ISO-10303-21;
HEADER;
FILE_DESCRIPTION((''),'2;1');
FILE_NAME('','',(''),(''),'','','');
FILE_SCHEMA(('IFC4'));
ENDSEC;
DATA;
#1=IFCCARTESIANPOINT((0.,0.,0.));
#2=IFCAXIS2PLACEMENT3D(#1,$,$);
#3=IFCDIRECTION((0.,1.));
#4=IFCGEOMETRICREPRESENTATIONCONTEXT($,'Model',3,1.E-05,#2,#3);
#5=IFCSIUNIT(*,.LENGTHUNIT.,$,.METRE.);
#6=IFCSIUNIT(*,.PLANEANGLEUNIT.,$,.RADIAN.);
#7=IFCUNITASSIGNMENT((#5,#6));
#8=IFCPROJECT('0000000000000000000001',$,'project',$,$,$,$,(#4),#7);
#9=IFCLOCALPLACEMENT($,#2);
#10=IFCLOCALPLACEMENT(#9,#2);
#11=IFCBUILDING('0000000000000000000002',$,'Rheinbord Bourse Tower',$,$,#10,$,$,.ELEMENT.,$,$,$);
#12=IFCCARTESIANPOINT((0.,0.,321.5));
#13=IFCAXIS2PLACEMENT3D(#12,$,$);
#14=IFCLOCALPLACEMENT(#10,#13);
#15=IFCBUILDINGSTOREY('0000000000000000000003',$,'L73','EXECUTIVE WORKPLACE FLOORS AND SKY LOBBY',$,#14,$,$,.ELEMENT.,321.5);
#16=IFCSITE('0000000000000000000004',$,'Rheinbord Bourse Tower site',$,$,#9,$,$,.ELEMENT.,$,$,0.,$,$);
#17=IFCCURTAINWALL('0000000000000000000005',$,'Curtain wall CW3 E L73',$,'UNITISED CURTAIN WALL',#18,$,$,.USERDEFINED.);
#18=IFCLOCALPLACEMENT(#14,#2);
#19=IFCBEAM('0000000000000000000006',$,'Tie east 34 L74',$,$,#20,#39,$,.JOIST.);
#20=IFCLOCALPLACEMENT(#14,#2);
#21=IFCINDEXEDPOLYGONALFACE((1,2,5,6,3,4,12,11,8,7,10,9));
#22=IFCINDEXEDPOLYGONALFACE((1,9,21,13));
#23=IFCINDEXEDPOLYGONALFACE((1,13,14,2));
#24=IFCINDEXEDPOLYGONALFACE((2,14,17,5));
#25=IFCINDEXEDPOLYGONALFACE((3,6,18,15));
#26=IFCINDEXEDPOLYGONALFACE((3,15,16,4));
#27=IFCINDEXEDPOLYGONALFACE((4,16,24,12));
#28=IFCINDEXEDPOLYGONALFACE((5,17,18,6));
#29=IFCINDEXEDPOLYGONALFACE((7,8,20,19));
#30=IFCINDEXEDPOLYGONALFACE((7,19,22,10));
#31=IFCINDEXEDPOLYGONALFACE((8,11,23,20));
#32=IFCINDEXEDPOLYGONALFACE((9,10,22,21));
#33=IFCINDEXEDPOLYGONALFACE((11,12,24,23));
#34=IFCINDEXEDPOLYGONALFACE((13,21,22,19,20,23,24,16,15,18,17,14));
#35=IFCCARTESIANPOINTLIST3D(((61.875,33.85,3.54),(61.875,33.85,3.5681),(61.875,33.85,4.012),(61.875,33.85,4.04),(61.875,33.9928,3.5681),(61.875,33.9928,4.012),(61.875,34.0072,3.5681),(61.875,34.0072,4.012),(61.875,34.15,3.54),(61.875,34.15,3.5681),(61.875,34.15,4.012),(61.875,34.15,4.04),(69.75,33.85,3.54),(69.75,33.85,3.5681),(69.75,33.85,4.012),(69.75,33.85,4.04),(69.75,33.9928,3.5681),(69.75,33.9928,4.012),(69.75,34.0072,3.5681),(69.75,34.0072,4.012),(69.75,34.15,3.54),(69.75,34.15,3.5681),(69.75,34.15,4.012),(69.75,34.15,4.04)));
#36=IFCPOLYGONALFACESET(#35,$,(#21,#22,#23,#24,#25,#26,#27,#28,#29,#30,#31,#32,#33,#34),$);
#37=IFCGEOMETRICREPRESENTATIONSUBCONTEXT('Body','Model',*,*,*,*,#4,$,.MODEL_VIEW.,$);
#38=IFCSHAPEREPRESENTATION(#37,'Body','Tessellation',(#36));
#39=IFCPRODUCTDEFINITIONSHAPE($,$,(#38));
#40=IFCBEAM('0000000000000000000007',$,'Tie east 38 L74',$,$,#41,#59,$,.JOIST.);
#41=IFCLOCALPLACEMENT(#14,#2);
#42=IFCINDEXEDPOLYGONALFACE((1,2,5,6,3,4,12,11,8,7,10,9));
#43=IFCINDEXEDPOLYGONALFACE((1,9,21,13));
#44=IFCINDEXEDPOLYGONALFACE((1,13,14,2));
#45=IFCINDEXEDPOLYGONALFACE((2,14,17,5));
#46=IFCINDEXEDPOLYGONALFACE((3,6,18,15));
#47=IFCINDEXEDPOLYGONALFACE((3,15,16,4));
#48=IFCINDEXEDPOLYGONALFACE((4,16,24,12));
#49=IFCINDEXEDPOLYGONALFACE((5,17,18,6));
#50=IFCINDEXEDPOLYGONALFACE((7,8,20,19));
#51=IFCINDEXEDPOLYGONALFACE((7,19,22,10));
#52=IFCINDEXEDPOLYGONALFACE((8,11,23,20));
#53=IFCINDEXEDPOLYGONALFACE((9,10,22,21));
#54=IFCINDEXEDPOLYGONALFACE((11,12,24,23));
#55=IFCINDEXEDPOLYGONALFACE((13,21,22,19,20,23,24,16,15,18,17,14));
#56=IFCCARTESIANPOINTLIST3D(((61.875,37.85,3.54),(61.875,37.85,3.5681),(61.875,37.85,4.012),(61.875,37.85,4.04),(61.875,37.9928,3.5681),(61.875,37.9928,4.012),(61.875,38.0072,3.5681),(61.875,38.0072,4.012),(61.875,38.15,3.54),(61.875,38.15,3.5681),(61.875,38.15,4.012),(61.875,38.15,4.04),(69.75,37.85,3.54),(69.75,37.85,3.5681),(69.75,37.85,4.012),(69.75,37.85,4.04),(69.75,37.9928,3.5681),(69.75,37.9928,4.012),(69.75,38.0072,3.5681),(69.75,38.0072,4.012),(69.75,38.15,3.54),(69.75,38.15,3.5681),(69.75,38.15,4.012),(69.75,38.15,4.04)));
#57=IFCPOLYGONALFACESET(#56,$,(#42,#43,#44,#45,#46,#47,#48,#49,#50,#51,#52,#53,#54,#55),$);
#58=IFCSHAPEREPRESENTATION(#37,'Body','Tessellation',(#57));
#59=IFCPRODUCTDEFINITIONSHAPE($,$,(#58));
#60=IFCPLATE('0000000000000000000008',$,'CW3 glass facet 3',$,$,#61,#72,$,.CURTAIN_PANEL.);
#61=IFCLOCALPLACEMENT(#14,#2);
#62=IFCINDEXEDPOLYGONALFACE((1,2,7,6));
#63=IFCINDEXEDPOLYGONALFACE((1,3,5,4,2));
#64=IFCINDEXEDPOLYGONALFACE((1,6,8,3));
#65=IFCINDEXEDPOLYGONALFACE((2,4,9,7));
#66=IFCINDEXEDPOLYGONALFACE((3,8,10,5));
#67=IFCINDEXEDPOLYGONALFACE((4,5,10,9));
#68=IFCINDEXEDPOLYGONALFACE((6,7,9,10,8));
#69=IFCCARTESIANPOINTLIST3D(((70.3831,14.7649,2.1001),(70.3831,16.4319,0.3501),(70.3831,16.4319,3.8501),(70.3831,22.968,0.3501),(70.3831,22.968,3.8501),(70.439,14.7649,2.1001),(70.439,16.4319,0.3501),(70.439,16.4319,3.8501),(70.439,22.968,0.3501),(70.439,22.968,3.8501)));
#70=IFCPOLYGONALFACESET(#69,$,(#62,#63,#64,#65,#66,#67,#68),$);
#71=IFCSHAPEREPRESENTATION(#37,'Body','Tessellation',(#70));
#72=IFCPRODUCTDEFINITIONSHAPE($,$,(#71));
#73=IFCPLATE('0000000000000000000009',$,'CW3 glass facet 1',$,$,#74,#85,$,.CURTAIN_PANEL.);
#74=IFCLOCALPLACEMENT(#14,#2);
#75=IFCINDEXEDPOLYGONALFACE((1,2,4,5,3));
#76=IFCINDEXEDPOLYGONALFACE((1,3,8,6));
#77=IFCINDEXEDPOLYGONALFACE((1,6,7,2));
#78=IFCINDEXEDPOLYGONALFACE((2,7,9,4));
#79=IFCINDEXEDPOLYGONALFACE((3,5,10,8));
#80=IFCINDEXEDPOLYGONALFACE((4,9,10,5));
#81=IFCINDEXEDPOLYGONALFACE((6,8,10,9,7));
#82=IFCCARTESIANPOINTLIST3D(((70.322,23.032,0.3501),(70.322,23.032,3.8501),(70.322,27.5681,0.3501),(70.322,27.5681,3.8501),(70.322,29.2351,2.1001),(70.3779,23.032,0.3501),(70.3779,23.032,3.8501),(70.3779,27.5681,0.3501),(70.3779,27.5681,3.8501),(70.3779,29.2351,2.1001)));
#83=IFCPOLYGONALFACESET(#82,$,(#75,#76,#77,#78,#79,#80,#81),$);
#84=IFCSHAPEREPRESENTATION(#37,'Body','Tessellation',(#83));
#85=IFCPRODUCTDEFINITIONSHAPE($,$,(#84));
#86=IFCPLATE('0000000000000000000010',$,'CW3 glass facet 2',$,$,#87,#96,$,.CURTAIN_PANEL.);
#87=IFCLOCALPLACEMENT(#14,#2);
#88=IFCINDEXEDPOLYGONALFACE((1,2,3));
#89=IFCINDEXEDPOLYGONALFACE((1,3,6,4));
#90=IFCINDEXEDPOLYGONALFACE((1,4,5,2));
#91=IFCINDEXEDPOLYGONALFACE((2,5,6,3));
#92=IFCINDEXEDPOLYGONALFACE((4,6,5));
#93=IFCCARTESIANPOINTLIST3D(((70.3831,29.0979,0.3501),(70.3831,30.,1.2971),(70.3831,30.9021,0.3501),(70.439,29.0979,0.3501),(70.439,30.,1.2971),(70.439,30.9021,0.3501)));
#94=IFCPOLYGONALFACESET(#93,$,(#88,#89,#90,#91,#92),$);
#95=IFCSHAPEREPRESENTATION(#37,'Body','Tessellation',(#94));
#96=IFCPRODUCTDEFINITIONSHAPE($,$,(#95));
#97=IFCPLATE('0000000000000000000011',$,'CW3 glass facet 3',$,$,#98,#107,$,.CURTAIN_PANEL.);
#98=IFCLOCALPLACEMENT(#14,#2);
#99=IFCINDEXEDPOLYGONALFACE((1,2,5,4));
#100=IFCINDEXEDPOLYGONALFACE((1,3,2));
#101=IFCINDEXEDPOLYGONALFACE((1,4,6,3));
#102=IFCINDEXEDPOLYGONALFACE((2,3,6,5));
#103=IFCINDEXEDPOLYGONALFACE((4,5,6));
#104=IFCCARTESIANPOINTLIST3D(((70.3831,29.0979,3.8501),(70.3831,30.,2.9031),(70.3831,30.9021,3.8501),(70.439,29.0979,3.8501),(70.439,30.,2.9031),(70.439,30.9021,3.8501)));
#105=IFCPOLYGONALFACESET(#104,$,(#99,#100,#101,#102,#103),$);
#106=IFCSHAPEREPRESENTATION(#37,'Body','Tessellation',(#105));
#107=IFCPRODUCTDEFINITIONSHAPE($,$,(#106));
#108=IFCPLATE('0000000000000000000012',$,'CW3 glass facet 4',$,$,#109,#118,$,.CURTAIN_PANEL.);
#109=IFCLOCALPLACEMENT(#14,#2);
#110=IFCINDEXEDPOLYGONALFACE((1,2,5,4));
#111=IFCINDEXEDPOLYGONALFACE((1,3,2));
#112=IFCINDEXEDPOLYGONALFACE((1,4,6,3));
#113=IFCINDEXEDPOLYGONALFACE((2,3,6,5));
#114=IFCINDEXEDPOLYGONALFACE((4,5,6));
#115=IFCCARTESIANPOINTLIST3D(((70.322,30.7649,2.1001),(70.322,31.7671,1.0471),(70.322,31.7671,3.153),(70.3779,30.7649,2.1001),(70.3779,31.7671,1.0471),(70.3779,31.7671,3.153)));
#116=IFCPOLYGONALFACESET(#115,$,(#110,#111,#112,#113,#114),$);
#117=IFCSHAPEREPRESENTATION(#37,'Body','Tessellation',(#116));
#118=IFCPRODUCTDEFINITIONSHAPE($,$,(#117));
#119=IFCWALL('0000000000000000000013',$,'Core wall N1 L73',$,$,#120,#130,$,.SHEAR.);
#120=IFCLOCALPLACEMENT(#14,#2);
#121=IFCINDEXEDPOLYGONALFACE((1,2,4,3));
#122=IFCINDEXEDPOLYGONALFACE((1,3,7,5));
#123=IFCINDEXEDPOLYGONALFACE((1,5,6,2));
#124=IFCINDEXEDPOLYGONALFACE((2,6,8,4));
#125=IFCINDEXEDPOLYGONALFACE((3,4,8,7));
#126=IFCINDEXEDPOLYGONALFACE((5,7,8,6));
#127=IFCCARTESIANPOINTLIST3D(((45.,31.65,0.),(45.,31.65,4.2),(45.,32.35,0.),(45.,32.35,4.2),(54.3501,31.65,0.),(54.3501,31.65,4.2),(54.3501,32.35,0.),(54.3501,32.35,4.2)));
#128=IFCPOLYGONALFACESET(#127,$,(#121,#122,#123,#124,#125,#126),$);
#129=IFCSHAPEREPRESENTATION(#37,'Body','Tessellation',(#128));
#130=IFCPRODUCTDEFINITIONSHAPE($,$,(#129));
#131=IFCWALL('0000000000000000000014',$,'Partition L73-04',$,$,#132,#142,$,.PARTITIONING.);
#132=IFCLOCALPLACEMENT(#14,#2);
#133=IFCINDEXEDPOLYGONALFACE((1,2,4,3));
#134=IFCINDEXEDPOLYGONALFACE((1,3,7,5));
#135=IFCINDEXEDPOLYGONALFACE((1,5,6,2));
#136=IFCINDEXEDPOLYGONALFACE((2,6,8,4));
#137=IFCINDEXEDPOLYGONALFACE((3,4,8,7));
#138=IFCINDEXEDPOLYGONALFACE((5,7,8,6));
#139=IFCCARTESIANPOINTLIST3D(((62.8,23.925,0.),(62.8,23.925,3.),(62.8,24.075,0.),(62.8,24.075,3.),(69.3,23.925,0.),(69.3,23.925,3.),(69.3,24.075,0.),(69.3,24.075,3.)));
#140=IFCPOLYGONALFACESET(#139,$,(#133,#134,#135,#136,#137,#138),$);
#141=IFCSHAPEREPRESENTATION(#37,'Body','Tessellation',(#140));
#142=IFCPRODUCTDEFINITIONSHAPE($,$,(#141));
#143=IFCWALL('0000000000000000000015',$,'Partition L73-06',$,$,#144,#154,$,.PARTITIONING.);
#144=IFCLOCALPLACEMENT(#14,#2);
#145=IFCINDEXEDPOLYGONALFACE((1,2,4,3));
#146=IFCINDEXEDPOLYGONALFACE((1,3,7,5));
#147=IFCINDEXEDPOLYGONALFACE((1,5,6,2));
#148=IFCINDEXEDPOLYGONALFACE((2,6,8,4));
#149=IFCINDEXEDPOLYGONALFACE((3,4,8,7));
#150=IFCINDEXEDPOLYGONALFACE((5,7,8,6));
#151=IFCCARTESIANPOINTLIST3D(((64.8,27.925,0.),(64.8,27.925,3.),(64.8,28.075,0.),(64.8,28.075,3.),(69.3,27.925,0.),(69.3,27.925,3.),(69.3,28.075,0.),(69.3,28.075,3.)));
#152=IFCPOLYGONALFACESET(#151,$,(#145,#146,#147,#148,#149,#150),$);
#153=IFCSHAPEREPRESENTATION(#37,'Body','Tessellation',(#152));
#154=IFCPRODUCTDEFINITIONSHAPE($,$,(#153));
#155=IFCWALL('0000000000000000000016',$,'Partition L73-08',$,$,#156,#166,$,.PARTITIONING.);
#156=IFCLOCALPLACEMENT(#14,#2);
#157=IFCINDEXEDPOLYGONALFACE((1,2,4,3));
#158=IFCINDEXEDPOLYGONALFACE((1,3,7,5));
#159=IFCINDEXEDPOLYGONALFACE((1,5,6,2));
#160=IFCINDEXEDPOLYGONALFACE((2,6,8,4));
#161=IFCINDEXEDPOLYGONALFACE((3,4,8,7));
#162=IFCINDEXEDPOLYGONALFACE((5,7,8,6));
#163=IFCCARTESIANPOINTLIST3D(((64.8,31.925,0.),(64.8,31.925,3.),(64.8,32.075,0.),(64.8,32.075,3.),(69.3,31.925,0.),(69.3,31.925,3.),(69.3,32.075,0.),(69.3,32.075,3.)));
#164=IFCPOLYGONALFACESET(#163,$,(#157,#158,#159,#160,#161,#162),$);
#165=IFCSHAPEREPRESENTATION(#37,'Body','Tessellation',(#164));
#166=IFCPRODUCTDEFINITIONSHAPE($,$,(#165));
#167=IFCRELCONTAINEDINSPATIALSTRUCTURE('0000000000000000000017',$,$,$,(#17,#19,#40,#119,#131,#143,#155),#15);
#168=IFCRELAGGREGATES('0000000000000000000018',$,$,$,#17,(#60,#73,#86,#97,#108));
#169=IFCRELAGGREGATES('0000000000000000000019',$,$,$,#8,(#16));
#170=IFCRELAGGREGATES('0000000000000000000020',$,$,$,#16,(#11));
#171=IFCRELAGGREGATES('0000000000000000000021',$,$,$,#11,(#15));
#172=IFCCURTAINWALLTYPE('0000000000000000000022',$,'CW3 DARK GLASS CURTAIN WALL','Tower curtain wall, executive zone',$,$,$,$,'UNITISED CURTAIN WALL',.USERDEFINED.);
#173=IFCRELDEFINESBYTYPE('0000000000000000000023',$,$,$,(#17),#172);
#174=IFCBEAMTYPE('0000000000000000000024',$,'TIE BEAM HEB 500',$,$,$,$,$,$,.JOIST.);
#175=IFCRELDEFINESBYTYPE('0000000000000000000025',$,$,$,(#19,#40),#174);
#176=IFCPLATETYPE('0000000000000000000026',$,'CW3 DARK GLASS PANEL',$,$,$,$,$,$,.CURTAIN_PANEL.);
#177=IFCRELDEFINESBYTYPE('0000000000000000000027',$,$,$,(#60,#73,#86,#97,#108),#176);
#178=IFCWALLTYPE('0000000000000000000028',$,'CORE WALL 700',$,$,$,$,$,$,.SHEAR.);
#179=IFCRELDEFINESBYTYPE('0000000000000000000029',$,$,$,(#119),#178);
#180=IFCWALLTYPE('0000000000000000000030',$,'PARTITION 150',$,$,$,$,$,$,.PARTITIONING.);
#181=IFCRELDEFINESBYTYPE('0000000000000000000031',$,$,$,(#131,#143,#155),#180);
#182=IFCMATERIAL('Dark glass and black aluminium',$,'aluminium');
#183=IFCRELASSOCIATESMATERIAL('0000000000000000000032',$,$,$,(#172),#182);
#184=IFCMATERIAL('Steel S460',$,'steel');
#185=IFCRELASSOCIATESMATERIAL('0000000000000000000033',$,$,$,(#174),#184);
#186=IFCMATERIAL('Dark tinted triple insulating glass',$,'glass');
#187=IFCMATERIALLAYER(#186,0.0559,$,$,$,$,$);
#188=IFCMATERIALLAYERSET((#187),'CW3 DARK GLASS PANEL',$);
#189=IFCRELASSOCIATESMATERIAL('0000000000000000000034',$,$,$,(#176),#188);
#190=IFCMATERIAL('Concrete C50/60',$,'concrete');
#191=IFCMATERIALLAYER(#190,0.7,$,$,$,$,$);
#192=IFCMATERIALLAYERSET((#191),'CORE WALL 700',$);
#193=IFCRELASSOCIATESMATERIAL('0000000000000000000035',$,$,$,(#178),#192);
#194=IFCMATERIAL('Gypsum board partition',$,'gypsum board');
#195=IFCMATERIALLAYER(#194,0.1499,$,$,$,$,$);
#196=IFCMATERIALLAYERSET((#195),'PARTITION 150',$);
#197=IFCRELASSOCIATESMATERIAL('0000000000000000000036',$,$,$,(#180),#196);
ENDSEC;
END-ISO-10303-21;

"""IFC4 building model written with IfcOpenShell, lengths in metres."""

from ifc_helpers import new_model, si_unit, direction, frame, frame_2d, origin, origin_2d, place, context, subcontext, project, spatial, polyline, rectangle, i_section, outline, extrude, material, layer, layer_set, material_profile, profile_set, type_object, element, aggregate, save


model = new_model("IFC4")

# Units and contexts
model_context = context("Model", 3, precision=1e-05, world=origin(), true_north=direction((0.0, 1.0)))
body_context = subcontext(model_context, "Body", "Model", "MODEL_VIEW")
ifc_project = project(units=[si_unit("LENGTHUNIT", "METRE"), si_unit("PLANEANGLEUNIT", "RADIAN")], contexts=[model_context])

# Site, building, storey
site_placement = place(None, origin())
site = spatial("IfcSite", under=ifc_project, at=site_placement, Name="Rheinbord Bourse Tower site", CompositionType="ELEMENT", RefElevation=0.0)
building_placement = place(site_placement, origin())
building = spatial("IfcBuilding", under=site, at=building_placement, Name="Rheinbord Bourse Tower", CompositionType="ELEMENT")
storey_placement = place(building_placement, frame((0.0, 0.0, 321.5)))
storey = spatial("IfcBuildingStorey", under=building, at=storey_placement, Name="L73", Description="EXECUTIVE WORKPLACE FLOORS AND SKY LOBBY", CompositionType="ELEMENT", Elevation=321.5)

# Curtain wall
ifc_material_1 = material(Name="Dark glass and black aluminium", Category="aluminium")
curtain_wall_type = type_object("IfcCurtainWallType", Name="CW3 DARK GLASS CURTAIN WALL", Description="Tower curtain wall, executive zone", ElementType="UNITISED CURTAIN WALL", PredefinedType="USERDEFINED", material=ifc_material_1)
curtain_wall_placement = place(storey_placement, origin())
curtain_wall = element("IfcCurtainWall", 1, at=curtain_wall_placement, inside=storey, type_object=curtain_wall_type, Name="Curtain wall CW3 E L73", ObjectType="UNITISED CURTAIN WALL", PredefinedType="USERDEFINED")

# Beams
ifc_material_2 = material(Name="Steel S460", Category="steel")
ifc_material_profile_1 = material_profile(ifc_material_2, i_section(OverallWidth=0.3, OverallDepth=0.5, WebThickness=0.0144, FlangeThickness=0.0281, at=origin_2d()), Name="HEB 500")
ifc_profile_set_1 = profile_set([ifc_material_profile_1], Name="Steel S460")
beam_type_1 = type_object("IfcBeamType", Name="TIE BEAM HEB 500", PredefinedType="JOIST", material=ifc_profile_set_1)
for number, where, z_axis, x_axis, name in (
    (2, (61.875, 34.0, 3.79), (1.0, 0.0, 0.0), (0.0, 1.0, 0.0), "Tie east 34 L74"),
    (3, (61.875, 38.0, 3.79), (1.0, 0.0, 0.0), (0.0, 1.0, 0.0), "Tie east 38 L74"),
):
    element("IfcBeam", number, at=place(storey_placement, frame(where, z_axis=z_axis, x_axis=x_axis)), inside=storey, type_object=beam_type_1, Name=name, PredefinedType="JOIST", context=body_context, shape_type="SweptSolid", body=[
        extrude(i_section(OverallWidth=0.3, OverallDepth=0.5, WebThickness=0.0144, FlangeThickness=0.0281, at=origin_2d()), origin(), (0.0, 0.0, 1.0), 7.875),
    ])

# Plates
ifc_material_3 = material(Name="Dark tinted triple insulating glass", Category="glass")
ifc_layer_1 = layer(ifc_material_3, 0.0559)
ifc_layer_set_1 = layer_set([ifc_layer_1], Name="CW3 DARK GLASS PANEL")
plate_type = type_object("IfcPlateType", Name="CW3 DARK GLASS PANEL", PredefinedType="CURTAIN_PANEL", material=ifc_layer_set_1)
plate_1_placement = place(storey_placement, frame((70.439, 22.968, 3.8501), z_axis=(-1.0, 0.0, 0.0), x_axis=(0.0, 0.0, -1.0)))
plate_1 = element("IfcPlate", 4, at=plate_1_placement, type_object=plate_type, Name="CW3 glass facet 3", PredefinedType="CURTAIN_PANEL", context=body_context, shape_type="SweptSolid", body=[
    extrude(outline(polyline([(0.0, 0.0), (3.5, 0.0), (3.5, 6.5361), (1.75, 8.2031), (0.0, 6.5361), (0.0, 0.0)])), origin(), (0.0, 0.0, 1.0), 0.0559),
])
plate_2_placement = place(storey_placement, frame((70.3779, 23.032, 0.3501), z_axis=(-1.0, 0.0, 0.0), x_axis=(0.0, 0.0, 1.0)))
plate_2 = element("IfcPlate", 5, at=plate_2_placement, type_object=plate_type, Name="CW3 glass facet 1", PredefinedType="CURTAIN_PANEL", context=body_context, shape_type="SweptSolid", body=[
    extrude(outline(polyline([(0.0, 0.0), (3.5, 0.0), (3.5, 4.5361), (1.75, 6.2031), (0.0, 4.5361), (0.0, 0.0)])), origin(), (0.0, 0.0, 1.0), 0.0559),
])
plate_3_placement = place(storey_placement, frame((70.439, 29.0979, 0.3501), z_axis=(-1.0, 0.0, 0.0), x_axis=(0.0, 0.689725, 0.724071)))
plate_3 = element("IfcPlate", 6, at=plate_3_placement, type_object=plate_type, Name="CW3 glass facet 2", PredefinedType="CURTAIN_PANEL", context=body_context, shape_type="SweptSolid", body=[
    extrude(outline(polyline([(0.0, 0.0), (1.3079, 0.0), (1.2444, 1.3064), (0.0, 0.0)])), origin(), (0.0, 0.0, 1.0), 0.0559),
])
plate_4_placement = place(storey_placement, frame((70.439, 30.9021, 3.8501), z_axis=(-1.0, 0.0, 0.0), x_axis=(0.0, -0.689725, -0.724071)))
plate_4 = element("IfcPlate", 7, at=plate_4_placement, type_object=plate_type, Name="CW3 glass facet 3", PredefinedType="CURTAIN_PANEL", context=body_context, shape_type="SweptSolid", body=[
    extrude(outline(polyline([(0.0, 0.0), (1.3079, 0.0), (1.2444, 1.3064), (0.0, 0.0)])), origin(), (0.0, 0.0, 1.0), 0.0559),
])
plate_5_placement = place(storey_placement, frame((70.3779, 31.7671, 1.0471), z_axis=(-1.0, 0.0, 0.0), x_axis=(0.0, -0.689424, 0.724358)))
plate_5 = element("IfcPlate", 8, at=plate_5_placement, type_object=plate_type, Name="CW3 glass facet 4", PredefinedType="CURTAIN_PANEL", context=body_context, shape_type="SweptSolid", body=[
    extrude(outline(polyline([(0.0, 0.0), (1.4536, 0.0), (1.5254, 1.4519), (0.0, 0.0)])), origin(), (0.0, 0.0, 1.0), 0.0559),
])
aggregate(curtain_wall, [plate_1, plate_2, plate_3, plate_4, plate_5])

# Walls
ifc_material_4 = material(Name="Concrete C50/60", Category="concrete")
ifc_layer_2 = layer(ifc_material_4, 0.7)
ifc_layer_set_2 = layer_set([ifc_layer_2], Name="CORE WALL 700")
wall_type_1 = type_object("IfcWallType", Name="CORE WALL 700", PredefinedType="SHEAR", material=ifc_layer_set_2)
wall_1_placement = place(storey_placement, frame((54.3501, 32.0, 0.0), z_axis=(0.0, 0.0, 1.0), x_axis=(-1.0, 0.0, 0.0)))
element("IfcWall", 9, at=wall_1_placement, inside=storey, type_object=wall_type_1, Name="Core wall N1 L73", PredefinedType="SHEAR", context=body_context, shape_type="SweptSolid", body=[
    extrude(rectangle(XDim=9.3501, YDim=0.7, at=frame_2d((4.675, 0.0))), origin(), (0.0, 0.0, 1.0), 4.2),
])
ifc_material_5 = material(Name="Gypsum board partition", Category="gypsum board")
ifc_layer_3 = layer(ifc_material_5, 0.1499)
ifc_layer_set_3 = layer_set([ifc_layer_3], Name="PARTITION 150")
wall_type_2 = type_object("IfcWallType", Name="PARTITION 150", PredefinedType="PARTITIONING", material=ifc_layer_set_3)
wall_2_placement = place(storey_placement, frame((62.8, 24.0, 0.0), z_axis=(0.0, 0.0, 1.0), x_axis=(1.0, 0.0, 0.0)))
element("IfcWall", 10, at=wall_2_placement, inside=storey, type_object=wall_type_2, Name="Partition L73-04", PredefinedType="PARTITIONING", context=body_context, shape_type="SweptSolid", body=[
    extrude(rectangle(XDim=6.5, YDim=0.1499, at=frame_2d((3.25, 0.0))), origin(), (0.0, 0.0, 1.0), 3.0),
])
for number, where, z_axis, x_axis, name in (
    (11, (64.8, 28.0, 0.0), (0.0, 0.0, 1.0), (1.0, 0.0, 0.0), "Partition L73-06"),
    (12, (64.8, 32.0, 0.0), (0.0, 0.0, 1.0), (1.0, 0.0, 0.0), "Partition L73-08"),
):
    element("IfcWall", number, at=place(storey_placement, frame(where, z_axis=z_axis, x_axis=x_axis)), inside=storey, type_object=wall_type_2, Name=name, PredefinedType="PARTITIONING", context=body_context, shape_type="SweptSolid", body=[
        extrude(rectangle(XDim=4.5, YDim=0.1499, at=frame_2d((2.25, 0.0))), origin(), (0.0, 0.0, 1.0), 3.0),
    ])

save(model, "model.ifc")
